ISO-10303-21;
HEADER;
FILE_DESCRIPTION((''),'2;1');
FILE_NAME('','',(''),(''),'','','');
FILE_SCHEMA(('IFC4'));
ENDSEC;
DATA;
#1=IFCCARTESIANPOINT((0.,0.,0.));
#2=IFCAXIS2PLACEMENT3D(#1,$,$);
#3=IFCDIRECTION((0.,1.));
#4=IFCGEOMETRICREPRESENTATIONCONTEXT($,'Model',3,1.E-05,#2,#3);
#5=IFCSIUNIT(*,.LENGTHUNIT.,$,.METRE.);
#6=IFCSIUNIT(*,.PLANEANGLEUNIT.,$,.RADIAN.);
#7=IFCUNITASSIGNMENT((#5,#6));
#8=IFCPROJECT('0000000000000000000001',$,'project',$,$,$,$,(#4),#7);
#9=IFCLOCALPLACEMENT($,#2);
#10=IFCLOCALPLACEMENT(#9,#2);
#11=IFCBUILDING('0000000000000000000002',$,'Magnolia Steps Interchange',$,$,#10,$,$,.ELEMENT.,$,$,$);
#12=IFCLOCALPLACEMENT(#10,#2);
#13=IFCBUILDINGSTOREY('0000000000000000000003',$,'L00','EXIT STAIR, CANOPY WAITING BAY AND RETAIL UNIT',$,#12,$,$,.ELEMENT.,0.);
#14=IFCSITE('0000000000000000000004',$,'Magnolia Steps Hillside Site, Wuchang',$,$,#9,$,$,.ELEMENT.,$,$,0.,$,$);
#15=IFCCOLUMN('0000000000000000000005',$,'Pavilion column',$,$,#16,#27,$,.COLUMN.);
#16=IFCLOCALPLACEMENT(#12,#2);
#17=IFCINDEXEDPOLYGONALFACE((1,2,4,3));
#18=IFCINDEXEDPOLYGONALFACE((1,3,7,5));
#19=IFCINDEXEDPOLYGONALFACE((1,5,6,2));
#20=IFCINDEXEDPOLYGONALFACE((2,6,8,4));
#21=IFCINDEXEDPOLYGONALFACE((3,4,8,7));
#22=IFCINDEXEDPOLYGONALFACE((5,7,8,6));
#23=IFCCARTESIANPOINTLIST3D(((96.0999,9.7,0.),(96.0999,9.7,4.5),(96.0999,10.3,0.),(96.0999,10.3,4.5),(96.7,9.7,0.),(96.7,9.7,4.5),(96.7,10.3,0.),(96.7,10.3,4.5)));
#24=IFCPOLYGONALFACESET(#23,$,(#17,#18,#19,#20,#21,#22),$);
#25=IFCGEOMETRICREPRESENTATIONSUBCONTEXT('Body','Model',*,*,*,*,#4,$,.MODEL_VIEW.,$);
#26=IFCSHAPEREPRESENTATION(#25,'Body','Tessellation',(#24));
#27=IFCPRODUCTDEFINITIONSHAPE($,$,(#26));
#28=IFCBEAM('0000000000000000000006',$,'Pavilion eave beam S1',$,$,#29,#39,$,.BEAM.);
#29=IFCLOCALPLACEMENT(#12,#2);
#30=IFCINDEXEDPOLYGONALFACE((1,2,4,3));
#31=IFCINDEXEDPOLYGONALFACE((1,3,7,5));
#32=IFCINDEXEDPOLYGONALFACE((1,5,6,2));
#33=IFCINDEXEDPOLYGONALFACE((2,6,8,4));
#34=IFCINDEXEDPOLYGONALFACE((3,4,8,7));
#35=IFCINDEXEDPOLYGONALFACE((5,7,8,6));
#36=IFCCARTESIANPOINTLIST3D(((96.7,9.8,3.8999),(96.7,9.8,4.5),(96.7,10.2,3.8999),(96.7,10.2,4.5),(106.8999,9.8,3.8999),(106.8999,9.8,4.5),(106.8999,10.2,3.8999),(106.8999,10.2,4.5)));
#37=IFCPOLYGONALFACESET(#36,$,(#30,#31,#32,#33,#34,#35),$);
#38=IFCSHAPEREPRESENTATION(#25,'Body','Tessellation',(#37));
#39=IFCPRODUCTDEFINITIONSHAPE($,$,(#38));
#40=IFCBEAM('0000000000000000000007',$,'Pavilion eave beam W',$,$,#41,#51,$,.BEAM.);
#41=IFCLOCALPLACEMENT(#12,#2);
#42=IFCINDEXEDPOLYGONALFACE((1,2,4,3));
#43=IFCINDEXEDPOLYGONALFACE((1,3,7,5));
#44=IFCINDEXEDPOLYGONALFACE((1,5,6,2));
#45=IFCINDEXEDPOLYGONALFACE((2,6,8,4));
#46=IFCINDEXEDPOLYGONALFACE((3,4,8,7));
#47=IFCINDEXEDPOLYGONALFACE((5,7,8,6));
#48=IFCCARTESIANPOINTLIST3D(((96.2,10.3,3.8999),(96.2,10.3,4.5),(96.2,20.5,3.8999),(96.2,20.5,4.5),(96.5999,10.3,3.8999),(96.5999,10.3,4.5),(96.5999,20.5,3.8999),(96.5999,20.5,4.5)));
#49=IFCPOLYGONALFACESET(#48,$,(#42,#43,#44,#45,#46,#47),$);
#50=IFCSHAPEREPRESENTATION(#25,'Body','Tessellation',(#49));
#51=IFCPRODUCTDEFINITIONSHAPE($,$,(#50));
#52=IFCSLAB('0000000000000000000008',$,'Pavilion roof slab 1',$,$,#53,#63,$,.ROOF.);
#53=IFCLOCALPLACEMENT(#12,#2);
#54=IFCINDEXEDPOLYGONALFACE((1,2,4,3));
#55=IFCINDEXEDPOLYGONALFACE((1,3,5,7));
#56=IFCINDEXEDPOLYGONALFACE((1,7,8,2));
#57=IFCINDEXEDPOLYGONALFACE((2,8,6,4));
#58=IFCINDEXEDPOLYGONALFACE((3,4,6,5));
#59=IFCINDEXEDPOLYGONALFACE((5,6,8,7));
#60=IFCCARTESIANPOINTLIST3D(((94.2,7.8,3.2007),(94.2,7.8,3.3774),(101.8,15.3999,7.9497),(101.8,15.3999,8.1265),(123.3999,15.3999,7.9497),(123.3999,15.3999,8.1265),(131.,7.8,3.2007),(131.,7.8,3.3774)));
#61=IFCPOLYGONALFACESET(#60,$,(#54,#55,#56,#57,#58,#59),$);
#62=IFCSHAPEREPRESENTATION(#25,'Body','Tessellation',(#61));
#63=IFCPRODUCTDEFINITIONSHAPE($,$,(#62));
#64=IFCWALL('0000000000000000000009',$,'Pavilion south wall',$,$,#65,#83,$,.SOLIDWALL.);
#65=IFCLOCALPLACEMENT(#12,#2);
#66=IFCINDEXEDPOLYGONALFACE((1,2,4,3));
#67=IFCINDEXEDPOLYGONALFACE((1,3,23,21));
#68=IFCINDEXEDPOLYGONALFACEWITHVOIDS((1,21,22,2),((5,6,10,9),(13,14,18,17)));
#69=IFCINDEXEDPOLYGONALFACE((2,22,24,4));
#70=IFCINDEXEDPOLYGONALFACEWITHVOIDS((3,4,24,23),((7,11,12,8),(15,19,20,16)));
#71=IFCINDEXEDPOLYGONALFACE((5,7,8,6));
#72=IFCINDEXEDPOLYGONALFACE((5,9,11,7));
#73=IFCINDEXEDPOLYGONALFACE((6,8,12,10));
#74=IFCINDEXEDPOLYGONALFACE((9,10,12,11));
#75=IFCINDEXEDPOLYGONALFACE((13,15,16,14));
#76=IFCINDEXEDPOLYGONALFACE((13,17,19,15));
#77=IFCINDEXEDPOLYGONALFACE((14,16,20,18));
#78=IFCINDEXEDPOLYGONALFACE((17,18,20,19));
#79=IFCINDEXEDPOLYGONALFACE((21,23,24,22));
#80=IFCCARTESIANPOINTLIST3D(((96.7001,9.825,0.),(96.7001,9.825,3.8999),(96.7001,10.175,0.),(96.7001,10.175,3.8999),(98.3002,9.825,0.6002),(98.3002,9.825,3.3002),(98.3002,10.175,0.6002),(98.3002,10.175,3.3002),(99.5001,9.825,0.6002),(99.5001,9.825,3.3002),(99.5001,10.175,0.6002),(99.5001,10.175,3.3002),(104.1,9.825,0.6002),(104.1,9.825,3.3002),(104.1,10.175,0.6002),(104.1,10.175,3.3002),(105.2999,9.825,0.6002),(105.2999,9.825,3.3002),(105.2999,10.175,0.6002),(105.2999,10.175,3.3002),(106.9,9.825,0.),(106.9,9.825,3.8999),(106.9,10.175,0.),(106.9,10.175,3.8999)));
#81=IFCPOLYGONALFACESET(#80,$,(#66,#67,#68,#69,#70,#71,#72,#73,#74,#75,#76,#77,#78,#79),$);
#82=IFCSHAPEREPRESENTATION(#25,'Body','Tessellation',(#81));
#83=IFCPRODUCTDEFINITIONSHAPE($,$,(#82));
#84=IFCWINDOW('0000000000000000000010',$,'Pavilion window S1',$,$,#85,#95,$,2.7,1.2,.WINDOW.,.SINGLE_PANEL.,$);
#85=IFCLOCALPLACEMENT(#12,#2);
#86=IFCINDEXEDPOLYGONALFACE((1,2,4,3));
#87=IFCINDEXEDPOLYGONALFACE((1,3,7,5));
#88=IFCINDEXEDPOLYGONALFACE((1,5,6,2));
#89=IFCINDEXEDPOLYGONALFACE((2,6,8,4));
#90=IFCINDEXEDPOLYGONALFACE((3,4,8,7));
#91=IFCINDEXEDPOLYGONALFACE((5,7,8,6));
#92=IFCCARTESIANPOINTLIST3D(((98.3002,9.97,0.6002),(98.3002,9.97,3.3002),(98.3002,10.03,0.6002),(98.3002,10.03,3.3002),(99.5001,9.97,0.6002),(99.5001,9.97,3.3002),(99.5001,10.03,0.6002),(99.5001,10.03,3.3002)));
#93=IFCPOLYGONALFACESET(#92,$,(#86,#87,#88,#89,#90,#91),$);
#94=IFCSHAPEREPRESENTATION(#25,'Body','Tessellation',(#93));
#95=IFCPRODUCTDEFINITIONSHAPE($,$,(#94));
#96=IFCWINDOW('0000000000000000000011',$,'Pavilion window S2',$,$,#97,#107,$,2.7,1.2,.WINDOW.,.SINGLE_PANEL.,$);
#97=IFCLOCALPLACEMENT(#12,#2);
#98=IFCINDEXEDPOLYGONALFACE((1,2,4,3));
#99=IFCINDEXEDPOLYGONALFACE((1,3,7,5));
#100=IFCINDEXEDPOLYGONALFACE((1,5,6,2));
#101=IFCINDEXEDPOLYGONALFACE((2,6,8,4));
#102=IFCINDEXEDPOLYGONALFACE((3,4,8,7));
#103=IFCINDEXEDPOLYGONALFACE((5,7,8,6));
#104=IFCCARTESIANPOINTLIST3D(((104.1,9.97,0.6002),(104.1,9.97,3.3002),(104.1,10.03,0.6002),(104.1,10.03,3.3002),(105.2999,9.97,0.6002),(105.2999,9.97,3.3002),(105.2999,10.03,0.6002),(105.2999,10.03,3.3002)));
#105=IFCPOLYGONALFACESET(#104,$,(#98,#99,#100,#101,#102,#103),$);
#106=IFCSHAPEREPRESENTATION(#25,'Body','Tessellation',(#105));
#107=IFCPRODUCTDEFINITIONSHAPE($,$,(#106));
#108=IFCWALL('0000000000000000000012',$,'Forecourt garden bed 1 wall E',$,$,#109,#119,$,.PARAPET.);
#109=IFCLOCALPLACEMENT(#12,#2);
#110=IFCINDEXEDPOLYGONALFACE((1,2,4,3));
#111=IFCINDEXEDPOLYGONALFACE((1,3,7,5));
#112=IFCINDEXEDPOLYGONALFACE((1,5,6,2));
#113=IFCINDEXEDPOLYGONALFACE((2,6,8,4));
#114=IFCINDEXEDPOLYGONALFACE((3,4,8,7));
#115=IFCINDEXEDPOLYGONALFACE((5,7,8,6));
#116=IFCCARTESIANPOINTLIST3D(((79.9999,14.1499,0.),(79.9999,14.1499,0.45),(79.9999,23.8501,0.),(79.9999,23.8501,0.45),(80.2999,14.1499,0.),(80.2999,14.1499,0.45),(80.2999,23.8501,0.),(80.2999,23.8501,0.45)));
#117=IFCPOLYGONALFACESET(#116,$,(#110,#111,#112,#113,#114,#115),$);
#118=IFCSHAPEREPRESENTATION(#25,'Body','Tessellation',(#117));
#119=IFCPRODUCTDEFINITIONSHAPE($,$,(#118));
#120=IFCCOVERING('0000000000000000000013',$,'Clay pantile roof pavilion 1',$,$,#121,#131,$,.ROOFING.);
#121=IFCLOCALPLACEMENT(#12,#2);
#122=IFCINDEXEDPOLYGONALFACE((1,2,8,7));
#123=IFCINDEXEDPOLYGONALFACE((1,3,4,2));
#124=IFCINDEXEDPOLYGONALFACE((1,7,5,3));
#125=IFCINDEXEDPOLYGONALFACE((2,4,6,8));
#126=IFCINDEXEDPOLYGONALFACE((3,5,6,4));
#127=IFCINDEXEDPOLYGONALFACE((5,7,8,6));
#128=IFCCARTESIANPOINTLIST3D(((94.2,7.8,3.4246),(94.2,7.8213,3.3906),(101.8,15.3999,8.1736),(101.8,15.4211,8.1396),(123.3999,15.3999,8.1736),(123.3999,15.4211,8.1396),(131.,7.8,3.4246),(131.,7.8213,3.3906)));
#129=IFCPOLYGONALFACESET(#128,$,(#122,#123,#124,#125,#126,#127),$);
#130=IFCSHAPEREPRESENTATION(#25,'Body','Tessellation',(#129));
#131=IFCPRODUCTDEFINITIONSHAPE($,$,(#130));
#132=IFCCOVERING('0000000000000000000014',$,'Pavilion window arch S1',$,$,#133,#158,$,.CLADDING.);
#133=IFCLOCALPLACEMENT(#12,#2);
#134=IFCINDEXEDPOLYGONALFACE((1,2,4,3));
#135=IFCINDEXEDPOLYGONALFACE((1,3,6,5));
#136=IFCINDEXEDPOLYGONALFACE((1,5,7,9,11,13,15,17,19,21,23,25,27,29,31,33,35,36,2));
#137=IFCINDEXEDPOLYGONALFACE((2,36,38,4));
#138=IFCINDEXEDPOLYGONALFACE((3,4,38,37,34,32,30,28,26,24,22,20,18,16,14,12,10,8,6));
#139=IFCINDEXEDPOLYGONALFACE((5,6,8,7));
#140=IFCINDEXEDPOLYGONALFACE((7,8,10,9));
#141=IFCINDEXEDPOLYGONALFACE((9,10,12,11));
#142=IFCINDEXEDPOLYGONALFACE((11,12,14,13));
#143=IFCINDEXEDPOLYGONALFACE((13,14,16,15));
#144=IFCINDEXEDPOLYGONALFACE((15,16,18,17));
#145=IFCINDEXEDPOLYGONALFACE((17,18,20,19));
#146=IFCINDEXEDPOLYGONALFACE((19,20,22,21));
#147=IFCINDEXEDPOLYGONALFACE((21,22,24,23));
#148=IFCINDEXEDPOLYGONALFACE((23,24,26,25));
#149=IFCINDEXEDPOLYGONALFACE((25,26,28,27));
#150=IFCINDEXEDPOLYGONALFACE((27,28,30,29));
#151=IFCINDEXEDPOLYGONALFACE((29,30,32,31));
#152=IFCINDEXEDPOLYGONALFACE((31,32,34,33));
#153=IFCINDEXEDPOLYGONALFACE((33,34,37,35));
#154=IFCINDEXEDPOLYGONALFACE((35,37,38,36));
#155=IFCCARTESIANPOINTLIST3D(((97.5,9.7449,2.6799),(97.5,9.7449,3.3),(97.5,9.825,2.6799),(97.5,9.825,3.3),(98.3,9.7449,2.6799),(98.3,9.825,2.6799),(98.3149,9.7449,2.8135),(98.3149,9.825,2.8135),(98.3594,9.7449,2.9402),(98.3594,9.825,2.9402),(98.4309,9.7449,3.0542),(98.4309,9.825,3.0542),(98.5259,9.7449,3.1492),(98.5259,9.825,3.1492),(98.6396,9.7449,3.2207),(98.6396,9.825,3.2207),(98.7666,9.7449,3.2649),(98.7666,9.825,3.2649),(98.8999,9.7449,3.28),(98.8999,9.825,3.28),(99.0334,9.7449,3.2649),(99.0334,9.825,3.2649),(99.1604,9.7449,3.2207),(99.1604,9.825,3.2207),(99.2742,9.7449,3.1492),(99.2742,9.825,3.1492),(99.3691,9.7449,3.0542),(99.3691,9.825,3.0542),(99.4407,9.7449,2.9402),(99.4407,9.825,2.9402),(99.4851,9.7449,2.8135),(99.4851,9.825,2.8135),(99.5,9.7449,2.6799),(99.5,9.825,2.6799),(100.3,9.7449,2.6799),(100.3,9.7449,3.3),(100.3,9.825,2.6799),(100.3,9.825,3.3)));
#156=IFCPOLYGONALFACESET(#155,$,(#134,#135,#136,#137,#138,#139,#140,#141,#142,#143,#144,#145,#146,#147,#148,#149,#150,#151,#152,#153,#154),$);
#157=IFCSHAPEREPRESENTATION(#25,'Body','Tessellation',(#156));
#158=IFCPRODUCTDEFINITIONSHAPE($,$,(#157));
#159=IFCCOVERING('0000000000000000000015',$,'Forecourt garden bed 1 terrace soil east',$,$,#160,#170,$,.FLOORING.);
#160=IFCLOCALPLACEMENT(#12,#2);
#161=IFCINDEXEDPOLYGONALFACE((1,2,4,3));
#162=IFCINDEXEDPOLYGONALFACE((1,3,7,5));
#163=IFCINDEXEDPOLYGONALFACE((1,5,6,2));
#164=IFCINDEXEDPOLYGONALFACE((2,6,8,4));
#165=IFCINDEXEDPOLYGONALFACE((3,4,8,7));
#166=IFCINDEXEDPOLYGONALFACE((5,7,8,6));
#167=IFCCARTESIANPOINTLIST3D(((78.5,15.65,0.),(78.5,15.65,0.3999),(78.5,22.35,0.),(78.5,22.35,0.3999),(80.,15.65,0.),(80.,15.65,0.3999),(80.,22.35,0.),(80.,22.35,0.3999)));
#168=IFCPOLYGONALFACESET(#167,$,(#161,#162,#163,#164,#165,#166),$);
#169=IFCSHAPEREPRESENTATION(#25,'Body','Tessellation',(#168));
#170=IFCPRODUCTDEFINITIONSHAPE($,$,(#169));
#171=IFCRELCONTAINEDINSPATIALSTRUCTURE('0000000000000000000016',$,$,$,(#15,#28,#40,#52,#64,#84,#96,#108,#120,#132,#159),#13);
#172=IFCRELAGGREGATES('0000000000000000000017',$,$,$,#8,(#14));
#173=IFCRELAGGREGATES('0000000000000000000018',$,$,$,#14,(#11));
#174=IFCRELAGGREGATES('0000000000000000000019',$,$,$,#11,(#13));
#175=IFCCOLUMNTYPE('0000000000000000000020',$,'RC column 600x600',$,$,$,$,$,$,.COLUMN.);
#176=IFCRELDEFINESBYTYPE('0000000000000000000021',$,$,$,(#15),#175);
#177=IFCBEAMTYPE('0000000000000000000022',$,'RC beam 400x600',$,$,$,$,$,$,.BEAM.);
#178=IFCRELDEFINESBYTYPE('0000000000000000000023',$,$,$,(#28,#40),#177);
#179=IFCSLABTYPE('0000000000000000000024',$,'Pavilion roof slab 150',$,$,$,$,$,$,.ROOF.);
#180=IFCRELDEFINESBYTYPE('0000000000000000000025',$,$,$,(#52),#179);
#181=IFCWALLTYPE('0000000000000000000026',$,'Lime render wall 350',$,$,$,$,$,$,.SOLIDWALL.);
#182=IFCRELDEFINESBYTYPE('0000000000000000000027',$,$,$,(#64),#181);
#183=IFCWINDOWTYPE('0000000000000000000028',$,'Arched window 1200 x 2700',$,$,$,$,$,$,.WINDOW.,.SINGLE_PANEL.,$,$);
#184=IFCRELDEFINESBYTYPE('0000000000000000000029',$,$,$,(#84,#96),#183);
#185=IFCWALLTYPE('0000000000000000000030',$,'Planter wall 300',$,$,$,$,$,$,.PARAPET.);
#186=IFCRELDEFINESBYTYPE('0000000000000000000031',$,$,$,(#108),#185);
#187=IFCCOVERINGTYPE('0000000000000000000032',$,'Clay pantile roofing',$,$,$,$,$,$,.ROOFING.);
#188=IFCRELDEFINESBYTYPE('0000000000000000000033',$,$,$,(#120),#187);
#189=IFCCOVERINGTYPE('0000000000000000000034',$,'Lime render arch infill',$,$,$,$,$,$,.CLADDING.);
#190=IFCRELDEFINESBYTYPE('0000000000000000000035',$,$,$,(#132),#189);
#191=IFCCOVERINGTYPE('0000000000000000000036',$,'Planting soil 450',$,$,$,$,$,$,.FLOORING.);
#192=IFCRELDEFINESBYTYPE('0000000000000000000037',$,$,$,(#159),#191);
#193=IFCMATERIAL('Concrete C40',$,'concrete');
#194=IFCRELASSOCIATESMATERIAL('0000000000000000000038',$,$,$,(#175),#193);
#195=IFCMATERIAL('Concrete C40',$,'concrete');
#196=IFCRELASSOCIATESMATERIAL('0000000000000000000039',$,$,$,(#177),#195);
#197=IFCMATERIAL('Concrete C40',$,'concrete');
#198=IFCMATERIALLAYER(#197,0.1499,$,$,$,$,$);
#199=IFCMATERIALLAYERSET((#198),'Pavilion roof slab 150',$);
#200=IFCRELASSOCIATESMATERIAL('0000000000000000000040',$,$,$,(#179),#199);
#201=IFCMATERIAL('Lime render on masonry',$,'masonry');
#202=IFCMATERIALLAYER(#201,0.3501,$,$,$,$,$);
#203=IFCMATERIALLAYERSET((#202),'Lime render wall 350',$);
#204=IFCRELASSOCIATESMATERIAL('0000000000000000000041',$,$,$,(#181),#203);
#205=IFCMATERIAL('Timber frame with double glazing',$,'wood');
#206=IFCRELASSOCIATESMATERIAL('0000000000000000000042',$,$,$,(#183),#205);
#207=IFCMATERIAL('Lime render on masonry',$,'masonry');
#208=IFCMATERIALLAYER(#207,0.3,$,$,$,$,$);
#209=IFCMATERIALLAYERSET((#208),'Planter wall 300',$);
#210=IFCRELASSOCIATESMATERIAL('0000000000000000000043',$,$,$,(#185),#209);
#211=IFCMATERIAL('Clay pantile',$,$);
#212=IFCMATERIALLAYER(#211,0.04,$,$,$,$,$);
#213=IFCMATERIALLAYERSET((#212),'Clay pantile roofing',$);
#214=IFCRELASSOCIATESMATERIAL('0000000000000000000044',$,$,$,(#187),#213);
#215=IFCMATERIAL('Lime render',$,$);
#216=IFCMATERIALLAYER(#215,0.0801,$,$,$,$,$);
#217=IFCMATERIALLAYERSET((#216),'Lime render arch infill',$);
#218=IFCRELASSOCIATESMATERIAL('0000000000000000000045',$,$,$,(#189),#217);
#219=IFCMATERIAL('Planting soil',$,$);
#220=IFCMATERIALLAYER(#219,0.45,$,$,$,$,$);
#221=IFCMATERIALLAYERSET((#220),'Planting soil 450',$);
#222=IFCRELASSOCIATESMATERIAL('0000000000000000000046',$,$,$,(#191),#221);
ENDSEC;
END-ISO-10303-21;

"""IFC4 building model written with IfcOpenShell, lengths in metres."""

from ifc_helpers import new_model, si_unit, direction, frame, frame_2d, origin, origin_2d, place, context, subcontext, project, spatial, polyline, rectangle, outline, extrude, material, layer, layer_set, material_profile, profile_set, type_object, element, fill, save


model = new_model("IFC4")

# Units and contexts
model_context = context("Model", 3, precision=1e-05, world=origin(), true_north=direction((0.0, 1.0)))
body_context = subcontext(model_context, "Body", "Model", "MODEL_VIEW")
ifc_project = project(units=[si_unit("LENGTHUNIT", "METRE"), si_unit("PLANEANGLEUNIT", "RADIAN")], contexts=[model_context])

# Site, building, storey
site_placement = place(None, origin())
site = spatial("IfcSite", under=ifc_project, at=site_placement, Name="Magnolia Steps Hillside Site, Wuchang", CompositionType="ELEMENT", RefElevation=0.0)
building_placement = place(site_placement, origin())
building = spatial("IfcBuilding", under=site, at=building_placement, Name="Magnolia Steps Interchange", CompositionType="ELEMENT")
storey_placement = place(building_placement, origin())
storey = spatial("IfcBuildingStorey", under=building, at=storey_placement, Name="L00", Description="EXIT STAIR, CANOPY WAITING BAY AND RETAIL UNIT", CompositionType="ELEMENT", Elevation=0.0)

# Column
ifc_material_1 = material(Name="Concrete C40", Category="concrete")
ifc_material_profile_1 = material_profile(ifc_material_1, rectangle(XDim=0.6001, YDim=0.6001, at=origin_2d()), Name="RC600x600")
ifc_profile_set_1 = profile_set([ifc_material_profile_1], Name="Concrete C40")
column_type = type_object("IfcColumnType", Name="RC column 600x600", PredefinedType="COLUMN", material=ifc_profile_set_1)
column_placement = place(storey_placement, frame((96.3999, 10.0, 0.0), z_axis=(0.0, 0.0, 1.0), x_axis=(1.0, 0.0, 0.0)))
element("IfcColumn", 1, at=column_placement, inside=storey, type_object=column_type, Name="Pavilion column", PredefinedType="COLUMN", context=body_context, shape_type="SweptSolid", body=[
    extrude(rectangle(XDim=0.6001, YDim=0.6001, at=origin_2d()), origin(), (0.0, 0.0, 1.0), 4.5),
])

# Beams
ifc_material_2 = material(Name="Concrete C40", Category="concrete")
ifc_material_profile_2 = material_profile(ifc_material_2, rectangle(XDim=0.3999, YDim=0.6001, at=origin_2d()), Name="RC400x600")
ifc_profile_set_2 = profile_set([ifc_material_profile_2], Name="Concrete C40")
beam_type = type_object("IfcBeamType", Name="RC beam 400x600", PredefinedType="BEAM", material=ifc_profile_set_2)
for number, where, z_axis, x_axis, name in (
    (2, (96.7, 10.0, 4.2), (1.0, 0.0, 0.0), (0.0, 1.0, 0.0), "Pavilion eave beam S1"),
    (3, (96.3999, 10.3, 4.2), (0.0, 1.0, 0.0), (-1.0, 0.0, 0.0), "Pavilion eave beam W"),
):
    element("IfcBeam", number, at=place(storey_placement, frame(where, z_axis=z_axis, x_axis=x_axis)), inside=storey, type_object=beam_type, Name=name, PredefinedType="BEAM", context=body_context, shape_type="SweptSolid", body=[
        extrude(rectangle(XDim=0.3999, YDim=0.6001, at=origin_2d()), origin(), (0.0, 0.0, 1.0), 10.2),
    ])

# Slab
ifc_material_3 = material(Name="Concrete C40", Category="concrete")
ifc_layer_1 = layer(ifc_material_3, 0.1499)
ifc_layer_set_1 = layer_set([ifc_layer_1], Name="Pavilion roof slab 150")
slab_type = type_object("IfcSlabType", Name="Pavilion roof slab 150", PredefinedType="ROOF", material=ifc_layer_set_1)
slab_placement = place(storey_placement, frame((94.2, 7.8, 3.3774), z_axis=(0.0, -0.529928, 0.848043), x_axis=(1.0, 0.0, 0.0)))
element("IfcSlab", 4, at=slab_placement, inside=storey, type_object=slab_type, Name="Pavilion roof slab 1", PredefinedType="ROOF", context=body_context, shape_type="SweptSolid", body=[
    extrude(outline(polyline([(0.0, 0.0), (36.8, 0.0), (29.2, 8.9616), (7.6001, 8.9616), (0.0, 0.0)])), origin(), (0.0, -0.529928, -0.848043), 0.1768),
])

# Wall, openings, windows
ifc_material_4 = material(Name="Lime render on masonry", Category="masonry")
ifc_layer_2 = layer(ifc_material_4, 0.3501)
ifc_layer_set_2 = layer_set([ifc_layer_2], Name="Lime render wall 350")
wall_type_1 = type_object("IfcWallType", Name="Lime render wall 350", PredefinedType="SOLIDWALL", material=ifc_layer_set_2)
wall_1_placement = place(storey_placement, frame((96.7, 10.0, 0.0), z_axis=(0.0, 0.0, 1.0), x_axis=(1.0, 0.0, 0.0)))
wall_1 = element("IfcWall", 5, at=wall_1_placement, inside=storey, type_object=wall_type_1, Name="Pavilion south wall", PredefinedType="SOLIDWALL", context=body_context, shape_type="SweptSolid", body=[
    extrude(rectangle(XDim=10.2, YDim=0.3501, at=frame_2d((5.1001, 0.0))), origin(), (0.0, 0.0, 1.0), 3.8999),
])
opening_1_placement = place(wall_1_placement, frame((1.6001, 0.0, 0.6001)))
opening_1 = element("IfcOpeningElement", 6, at=opening_1_placement, cuts=wall_1, PredefinedType="OPENING", context=body_context, shape_type="SweptSolid", body=[
    extrude(rectangle(XDim=1.2, YDim=2.7, at=frame_2d((0.6001, 1.3501))), frame((0.0, 0.1851, 0.0), z_axis=(0.0, -1.0, 0.0), x_axis=(1.0, 0.0, 0.0)), (0.0, 0.0, 1.0), 0.3701),
])
opening_2_placement = place(wall_1_placement, frame((7.3999, 0.0, 0.6001)))
opening_2 = element("IfcOpeningElement", 7, at=opening_2_placement, cuts=wall_1, PredefinedType="OPENING", context=body_context, shape_type="SweptSolid", body=[
    extrude(rectangle(XDim=1.2, YDim=2.7, at=frame_2d((0.6001, 1.3501))), frame((0.0, 0.1851, 0.0), z_axis=(0.0, -1.0, 0.0), x_axis=(1.0, 0.0, 0.0)), (0.0, 0.0, 1.0), 0.3701),
])
ifc_material_5 = material(Name="Timber frame with double glazing", Category="wood")
window_type = type_object("IfcWindowType", Name="Arched window 1200 x 2700", PartitioningType="SINGLE_PANEL", PredefinedType="WINDOW", material=ifc_material_5)
window_1_placement = place(opening_1_placement, origin())
window_1 = element("IfcWindow", 8, at=window_1_placement, inside=storey, type_object=window_type, Name="Pavilion window S1", OverallHeight=2.7, OverallWidth=1.2, PartitioningType="SINGLE_PANEL", PredefinedType="WINDOW", context=body_context, shape_type="SweptSolid", body=[
    extrude(rectangle(XDim=1.2, YDim=2.7, at=frame_2d((0.6001, 1.3501))), frame((0.0, 0.03, 0.0), z_axis=(0.0, -1.0, 0.0), x_axis=(1.0, 0.0, 0.0)), (0.0, 0.0, 1.0), 0.0601),
])
fill(opening_1, window_1)
window_2_placement = place(opening_2_placement, origin())
window_2 = element("IfcWindow", 9, at=window_2_placement, inside=storey, type_object=window_type, Name="Pavilion window S2", OverallHeight=2.7, OverallWidth=1.2, PartitioningType="SINGLE_PANEL", PredefinedType="WINDOW", context=body_context, shape_type="SweptSolid", body=[
    extrude(rectangle(XDim=1.2, YDim=2.7, at=frame_2d((0.6001, 1.3501))), frame((0.0, 0.03, 0.0), z_axis=(0.0, -1.0, 0.0), x_axis=(1.0, 0.0, 0.0)), (0.0, 0.0, 1.0), 0.0601),
])
fill(opening_2, window_2)

# Wall
ifc_material_6 = material(Name="Lime render on masonry", Category="masonry")
ifc_layer_3 = layer(ifc_material_6, 0.3)
ifc_layer_set_3 = layer_set([ifc_layer_3], Name="Planter wall 300")
wall_type_2 = type_object("IfcWallType", Name="Planter wall 300", PredefinedType="PARAPET", material=ifc_layer_set_3)
wall_2_placement = place(storey_placement, frame((80.1499, 14.1499, 0.0), z_axis=(0.0, 0.0, 1.0), x_axis=(0.0, 1.0, 0.0)))
element("IfcWall", 10, at=wall_2_placement, inside=storey, type_object=wall_type_2, Name="Forecourt garden bed 1 wall E", PredefinedType="PARAPET", context=body_context, shape_type="SweptSolid", body=[
    extrude(rectangle(XDim=9.7002, YDim=0.3, at=frame_2d((4.8501, 0.0))), origin(), (0.0, 0.0, 1.0), 0.45),
])

# Coverings
ifc_material_7 = material(Name="Clay pantile")
ifc_layer_4 = layer(ifc_material_7, 0.04)
ifc_layer_set_4 = layer_set([ifc_layer_4], Name="Clay pantile roofing")
covering_type_1 = type_object("IfcCoveringType", Name="Clay pantile roofing", PredefinedType="ROOFING", material=ifc_layer_set_4)
covering_1_placement = place(storey_placement, frame((94.2, 7.8, 3.4246), z_axis=(0.0, -0.529928, 0.848043), x_axis=(1.0, 0.0, 0.0)))
element("IfcCovering", 11, at=covering_1_placement, inside=storey, type_object=covering_type_1, Name="Clay pantile roof pavilion 1", PredefinedType="ROOFING", context=body_context, shape_type="SweptSolid", body=[
    extrude(outline(polyline([(0.0, 0.0), (36.8, 0.0), (29.2, 8.9616), (7.6001, 8.9616), (0.0, 0.0)])), origin(), (0.0, 0.0, -1.0), 0.04),
])
ifc_material_8 = material(Name="Lime render")
ifc_layer_5 = layer(ifc_material_8, 0.0801)
ifc_layer_set_5 = layer_set([ifc_layer_5], Name="Lime render arch infill")
covering_type_2 = type_object("IfcCoveringType", Name="Lime render arch infill", PredefinedType="CLADDING", material=ifc_layer_set_5)
covering_2_placement = place(storey_placement, frame((97.5, 9.825, 2.6799), z_axis=(0.0, 1.0, 0.0), x_axis=(0.0, 0.0, 1.0)))
element("IfcCovering", 12, at=covering_2_placement, inside=storey, type_object=covering_type_2, Name="Pavilion window arch S1", PredefinedType="CLADDING", context=body_context, shape_type="SweptSolid", body=[
    extrude(outline(polyline([(0.0, 0.0), (0.6201, 0.0), (0.6201, 2.8), (0.0, 2.8), (0.0, 2.0), (0.1335, 1.9851), (0.2603, 1.9407), (0.3743, 1.8691), (0.4692, 1.7742), (0.5408, 1.6604), (0.585, 1.5334), (0.6001, 1.3999), (0.585, 1.2666), (0.5408, 1.1396), (0.4692, 1.0259), (0.3743, 0.9309), (0.2603, 0.8594), (0.1335, 0.8149), (0.0, 0.8), (0.0, 0.0)])), origin(), (0.0, 0.0, -1.0), 0.0801),
])
ifc_material_9 = material(Name="Planting soil")
ifc_layer_6 = layer(ifc_material_9, 0.45)
ifc_layer_set_6 = layer_set([ifc_layer_6], Name="Planting soil 450")
covering_type_3 = type_object("IfcCoveringType", Name="Planting soil 450", PredefinedType="FLOORING", material=ifc_layer_set_6)
covering_3_placement = place(storey_placement, frame((79.25, 19.0, 0.0), z_axis=(0.0, 0.0, 1.0), x_axis=(1.0, 0.0, 0.0)))
element("IfcCovering", 13, at=covering_3_placement, inside=storey, type_object=covering_type_3, Name="Forecourt garden bed 1 terrace soil east", PredefinedType="FLOORING", context=body_context, shape_type="SweptSolid", body=[
    extrude(rectangle(XDim=1.5, YDim=6.7, at=origin_2d()), origin(), (0.0, 0.0, 1.0), 0.3999),
])

save(model, "model.ifc")
